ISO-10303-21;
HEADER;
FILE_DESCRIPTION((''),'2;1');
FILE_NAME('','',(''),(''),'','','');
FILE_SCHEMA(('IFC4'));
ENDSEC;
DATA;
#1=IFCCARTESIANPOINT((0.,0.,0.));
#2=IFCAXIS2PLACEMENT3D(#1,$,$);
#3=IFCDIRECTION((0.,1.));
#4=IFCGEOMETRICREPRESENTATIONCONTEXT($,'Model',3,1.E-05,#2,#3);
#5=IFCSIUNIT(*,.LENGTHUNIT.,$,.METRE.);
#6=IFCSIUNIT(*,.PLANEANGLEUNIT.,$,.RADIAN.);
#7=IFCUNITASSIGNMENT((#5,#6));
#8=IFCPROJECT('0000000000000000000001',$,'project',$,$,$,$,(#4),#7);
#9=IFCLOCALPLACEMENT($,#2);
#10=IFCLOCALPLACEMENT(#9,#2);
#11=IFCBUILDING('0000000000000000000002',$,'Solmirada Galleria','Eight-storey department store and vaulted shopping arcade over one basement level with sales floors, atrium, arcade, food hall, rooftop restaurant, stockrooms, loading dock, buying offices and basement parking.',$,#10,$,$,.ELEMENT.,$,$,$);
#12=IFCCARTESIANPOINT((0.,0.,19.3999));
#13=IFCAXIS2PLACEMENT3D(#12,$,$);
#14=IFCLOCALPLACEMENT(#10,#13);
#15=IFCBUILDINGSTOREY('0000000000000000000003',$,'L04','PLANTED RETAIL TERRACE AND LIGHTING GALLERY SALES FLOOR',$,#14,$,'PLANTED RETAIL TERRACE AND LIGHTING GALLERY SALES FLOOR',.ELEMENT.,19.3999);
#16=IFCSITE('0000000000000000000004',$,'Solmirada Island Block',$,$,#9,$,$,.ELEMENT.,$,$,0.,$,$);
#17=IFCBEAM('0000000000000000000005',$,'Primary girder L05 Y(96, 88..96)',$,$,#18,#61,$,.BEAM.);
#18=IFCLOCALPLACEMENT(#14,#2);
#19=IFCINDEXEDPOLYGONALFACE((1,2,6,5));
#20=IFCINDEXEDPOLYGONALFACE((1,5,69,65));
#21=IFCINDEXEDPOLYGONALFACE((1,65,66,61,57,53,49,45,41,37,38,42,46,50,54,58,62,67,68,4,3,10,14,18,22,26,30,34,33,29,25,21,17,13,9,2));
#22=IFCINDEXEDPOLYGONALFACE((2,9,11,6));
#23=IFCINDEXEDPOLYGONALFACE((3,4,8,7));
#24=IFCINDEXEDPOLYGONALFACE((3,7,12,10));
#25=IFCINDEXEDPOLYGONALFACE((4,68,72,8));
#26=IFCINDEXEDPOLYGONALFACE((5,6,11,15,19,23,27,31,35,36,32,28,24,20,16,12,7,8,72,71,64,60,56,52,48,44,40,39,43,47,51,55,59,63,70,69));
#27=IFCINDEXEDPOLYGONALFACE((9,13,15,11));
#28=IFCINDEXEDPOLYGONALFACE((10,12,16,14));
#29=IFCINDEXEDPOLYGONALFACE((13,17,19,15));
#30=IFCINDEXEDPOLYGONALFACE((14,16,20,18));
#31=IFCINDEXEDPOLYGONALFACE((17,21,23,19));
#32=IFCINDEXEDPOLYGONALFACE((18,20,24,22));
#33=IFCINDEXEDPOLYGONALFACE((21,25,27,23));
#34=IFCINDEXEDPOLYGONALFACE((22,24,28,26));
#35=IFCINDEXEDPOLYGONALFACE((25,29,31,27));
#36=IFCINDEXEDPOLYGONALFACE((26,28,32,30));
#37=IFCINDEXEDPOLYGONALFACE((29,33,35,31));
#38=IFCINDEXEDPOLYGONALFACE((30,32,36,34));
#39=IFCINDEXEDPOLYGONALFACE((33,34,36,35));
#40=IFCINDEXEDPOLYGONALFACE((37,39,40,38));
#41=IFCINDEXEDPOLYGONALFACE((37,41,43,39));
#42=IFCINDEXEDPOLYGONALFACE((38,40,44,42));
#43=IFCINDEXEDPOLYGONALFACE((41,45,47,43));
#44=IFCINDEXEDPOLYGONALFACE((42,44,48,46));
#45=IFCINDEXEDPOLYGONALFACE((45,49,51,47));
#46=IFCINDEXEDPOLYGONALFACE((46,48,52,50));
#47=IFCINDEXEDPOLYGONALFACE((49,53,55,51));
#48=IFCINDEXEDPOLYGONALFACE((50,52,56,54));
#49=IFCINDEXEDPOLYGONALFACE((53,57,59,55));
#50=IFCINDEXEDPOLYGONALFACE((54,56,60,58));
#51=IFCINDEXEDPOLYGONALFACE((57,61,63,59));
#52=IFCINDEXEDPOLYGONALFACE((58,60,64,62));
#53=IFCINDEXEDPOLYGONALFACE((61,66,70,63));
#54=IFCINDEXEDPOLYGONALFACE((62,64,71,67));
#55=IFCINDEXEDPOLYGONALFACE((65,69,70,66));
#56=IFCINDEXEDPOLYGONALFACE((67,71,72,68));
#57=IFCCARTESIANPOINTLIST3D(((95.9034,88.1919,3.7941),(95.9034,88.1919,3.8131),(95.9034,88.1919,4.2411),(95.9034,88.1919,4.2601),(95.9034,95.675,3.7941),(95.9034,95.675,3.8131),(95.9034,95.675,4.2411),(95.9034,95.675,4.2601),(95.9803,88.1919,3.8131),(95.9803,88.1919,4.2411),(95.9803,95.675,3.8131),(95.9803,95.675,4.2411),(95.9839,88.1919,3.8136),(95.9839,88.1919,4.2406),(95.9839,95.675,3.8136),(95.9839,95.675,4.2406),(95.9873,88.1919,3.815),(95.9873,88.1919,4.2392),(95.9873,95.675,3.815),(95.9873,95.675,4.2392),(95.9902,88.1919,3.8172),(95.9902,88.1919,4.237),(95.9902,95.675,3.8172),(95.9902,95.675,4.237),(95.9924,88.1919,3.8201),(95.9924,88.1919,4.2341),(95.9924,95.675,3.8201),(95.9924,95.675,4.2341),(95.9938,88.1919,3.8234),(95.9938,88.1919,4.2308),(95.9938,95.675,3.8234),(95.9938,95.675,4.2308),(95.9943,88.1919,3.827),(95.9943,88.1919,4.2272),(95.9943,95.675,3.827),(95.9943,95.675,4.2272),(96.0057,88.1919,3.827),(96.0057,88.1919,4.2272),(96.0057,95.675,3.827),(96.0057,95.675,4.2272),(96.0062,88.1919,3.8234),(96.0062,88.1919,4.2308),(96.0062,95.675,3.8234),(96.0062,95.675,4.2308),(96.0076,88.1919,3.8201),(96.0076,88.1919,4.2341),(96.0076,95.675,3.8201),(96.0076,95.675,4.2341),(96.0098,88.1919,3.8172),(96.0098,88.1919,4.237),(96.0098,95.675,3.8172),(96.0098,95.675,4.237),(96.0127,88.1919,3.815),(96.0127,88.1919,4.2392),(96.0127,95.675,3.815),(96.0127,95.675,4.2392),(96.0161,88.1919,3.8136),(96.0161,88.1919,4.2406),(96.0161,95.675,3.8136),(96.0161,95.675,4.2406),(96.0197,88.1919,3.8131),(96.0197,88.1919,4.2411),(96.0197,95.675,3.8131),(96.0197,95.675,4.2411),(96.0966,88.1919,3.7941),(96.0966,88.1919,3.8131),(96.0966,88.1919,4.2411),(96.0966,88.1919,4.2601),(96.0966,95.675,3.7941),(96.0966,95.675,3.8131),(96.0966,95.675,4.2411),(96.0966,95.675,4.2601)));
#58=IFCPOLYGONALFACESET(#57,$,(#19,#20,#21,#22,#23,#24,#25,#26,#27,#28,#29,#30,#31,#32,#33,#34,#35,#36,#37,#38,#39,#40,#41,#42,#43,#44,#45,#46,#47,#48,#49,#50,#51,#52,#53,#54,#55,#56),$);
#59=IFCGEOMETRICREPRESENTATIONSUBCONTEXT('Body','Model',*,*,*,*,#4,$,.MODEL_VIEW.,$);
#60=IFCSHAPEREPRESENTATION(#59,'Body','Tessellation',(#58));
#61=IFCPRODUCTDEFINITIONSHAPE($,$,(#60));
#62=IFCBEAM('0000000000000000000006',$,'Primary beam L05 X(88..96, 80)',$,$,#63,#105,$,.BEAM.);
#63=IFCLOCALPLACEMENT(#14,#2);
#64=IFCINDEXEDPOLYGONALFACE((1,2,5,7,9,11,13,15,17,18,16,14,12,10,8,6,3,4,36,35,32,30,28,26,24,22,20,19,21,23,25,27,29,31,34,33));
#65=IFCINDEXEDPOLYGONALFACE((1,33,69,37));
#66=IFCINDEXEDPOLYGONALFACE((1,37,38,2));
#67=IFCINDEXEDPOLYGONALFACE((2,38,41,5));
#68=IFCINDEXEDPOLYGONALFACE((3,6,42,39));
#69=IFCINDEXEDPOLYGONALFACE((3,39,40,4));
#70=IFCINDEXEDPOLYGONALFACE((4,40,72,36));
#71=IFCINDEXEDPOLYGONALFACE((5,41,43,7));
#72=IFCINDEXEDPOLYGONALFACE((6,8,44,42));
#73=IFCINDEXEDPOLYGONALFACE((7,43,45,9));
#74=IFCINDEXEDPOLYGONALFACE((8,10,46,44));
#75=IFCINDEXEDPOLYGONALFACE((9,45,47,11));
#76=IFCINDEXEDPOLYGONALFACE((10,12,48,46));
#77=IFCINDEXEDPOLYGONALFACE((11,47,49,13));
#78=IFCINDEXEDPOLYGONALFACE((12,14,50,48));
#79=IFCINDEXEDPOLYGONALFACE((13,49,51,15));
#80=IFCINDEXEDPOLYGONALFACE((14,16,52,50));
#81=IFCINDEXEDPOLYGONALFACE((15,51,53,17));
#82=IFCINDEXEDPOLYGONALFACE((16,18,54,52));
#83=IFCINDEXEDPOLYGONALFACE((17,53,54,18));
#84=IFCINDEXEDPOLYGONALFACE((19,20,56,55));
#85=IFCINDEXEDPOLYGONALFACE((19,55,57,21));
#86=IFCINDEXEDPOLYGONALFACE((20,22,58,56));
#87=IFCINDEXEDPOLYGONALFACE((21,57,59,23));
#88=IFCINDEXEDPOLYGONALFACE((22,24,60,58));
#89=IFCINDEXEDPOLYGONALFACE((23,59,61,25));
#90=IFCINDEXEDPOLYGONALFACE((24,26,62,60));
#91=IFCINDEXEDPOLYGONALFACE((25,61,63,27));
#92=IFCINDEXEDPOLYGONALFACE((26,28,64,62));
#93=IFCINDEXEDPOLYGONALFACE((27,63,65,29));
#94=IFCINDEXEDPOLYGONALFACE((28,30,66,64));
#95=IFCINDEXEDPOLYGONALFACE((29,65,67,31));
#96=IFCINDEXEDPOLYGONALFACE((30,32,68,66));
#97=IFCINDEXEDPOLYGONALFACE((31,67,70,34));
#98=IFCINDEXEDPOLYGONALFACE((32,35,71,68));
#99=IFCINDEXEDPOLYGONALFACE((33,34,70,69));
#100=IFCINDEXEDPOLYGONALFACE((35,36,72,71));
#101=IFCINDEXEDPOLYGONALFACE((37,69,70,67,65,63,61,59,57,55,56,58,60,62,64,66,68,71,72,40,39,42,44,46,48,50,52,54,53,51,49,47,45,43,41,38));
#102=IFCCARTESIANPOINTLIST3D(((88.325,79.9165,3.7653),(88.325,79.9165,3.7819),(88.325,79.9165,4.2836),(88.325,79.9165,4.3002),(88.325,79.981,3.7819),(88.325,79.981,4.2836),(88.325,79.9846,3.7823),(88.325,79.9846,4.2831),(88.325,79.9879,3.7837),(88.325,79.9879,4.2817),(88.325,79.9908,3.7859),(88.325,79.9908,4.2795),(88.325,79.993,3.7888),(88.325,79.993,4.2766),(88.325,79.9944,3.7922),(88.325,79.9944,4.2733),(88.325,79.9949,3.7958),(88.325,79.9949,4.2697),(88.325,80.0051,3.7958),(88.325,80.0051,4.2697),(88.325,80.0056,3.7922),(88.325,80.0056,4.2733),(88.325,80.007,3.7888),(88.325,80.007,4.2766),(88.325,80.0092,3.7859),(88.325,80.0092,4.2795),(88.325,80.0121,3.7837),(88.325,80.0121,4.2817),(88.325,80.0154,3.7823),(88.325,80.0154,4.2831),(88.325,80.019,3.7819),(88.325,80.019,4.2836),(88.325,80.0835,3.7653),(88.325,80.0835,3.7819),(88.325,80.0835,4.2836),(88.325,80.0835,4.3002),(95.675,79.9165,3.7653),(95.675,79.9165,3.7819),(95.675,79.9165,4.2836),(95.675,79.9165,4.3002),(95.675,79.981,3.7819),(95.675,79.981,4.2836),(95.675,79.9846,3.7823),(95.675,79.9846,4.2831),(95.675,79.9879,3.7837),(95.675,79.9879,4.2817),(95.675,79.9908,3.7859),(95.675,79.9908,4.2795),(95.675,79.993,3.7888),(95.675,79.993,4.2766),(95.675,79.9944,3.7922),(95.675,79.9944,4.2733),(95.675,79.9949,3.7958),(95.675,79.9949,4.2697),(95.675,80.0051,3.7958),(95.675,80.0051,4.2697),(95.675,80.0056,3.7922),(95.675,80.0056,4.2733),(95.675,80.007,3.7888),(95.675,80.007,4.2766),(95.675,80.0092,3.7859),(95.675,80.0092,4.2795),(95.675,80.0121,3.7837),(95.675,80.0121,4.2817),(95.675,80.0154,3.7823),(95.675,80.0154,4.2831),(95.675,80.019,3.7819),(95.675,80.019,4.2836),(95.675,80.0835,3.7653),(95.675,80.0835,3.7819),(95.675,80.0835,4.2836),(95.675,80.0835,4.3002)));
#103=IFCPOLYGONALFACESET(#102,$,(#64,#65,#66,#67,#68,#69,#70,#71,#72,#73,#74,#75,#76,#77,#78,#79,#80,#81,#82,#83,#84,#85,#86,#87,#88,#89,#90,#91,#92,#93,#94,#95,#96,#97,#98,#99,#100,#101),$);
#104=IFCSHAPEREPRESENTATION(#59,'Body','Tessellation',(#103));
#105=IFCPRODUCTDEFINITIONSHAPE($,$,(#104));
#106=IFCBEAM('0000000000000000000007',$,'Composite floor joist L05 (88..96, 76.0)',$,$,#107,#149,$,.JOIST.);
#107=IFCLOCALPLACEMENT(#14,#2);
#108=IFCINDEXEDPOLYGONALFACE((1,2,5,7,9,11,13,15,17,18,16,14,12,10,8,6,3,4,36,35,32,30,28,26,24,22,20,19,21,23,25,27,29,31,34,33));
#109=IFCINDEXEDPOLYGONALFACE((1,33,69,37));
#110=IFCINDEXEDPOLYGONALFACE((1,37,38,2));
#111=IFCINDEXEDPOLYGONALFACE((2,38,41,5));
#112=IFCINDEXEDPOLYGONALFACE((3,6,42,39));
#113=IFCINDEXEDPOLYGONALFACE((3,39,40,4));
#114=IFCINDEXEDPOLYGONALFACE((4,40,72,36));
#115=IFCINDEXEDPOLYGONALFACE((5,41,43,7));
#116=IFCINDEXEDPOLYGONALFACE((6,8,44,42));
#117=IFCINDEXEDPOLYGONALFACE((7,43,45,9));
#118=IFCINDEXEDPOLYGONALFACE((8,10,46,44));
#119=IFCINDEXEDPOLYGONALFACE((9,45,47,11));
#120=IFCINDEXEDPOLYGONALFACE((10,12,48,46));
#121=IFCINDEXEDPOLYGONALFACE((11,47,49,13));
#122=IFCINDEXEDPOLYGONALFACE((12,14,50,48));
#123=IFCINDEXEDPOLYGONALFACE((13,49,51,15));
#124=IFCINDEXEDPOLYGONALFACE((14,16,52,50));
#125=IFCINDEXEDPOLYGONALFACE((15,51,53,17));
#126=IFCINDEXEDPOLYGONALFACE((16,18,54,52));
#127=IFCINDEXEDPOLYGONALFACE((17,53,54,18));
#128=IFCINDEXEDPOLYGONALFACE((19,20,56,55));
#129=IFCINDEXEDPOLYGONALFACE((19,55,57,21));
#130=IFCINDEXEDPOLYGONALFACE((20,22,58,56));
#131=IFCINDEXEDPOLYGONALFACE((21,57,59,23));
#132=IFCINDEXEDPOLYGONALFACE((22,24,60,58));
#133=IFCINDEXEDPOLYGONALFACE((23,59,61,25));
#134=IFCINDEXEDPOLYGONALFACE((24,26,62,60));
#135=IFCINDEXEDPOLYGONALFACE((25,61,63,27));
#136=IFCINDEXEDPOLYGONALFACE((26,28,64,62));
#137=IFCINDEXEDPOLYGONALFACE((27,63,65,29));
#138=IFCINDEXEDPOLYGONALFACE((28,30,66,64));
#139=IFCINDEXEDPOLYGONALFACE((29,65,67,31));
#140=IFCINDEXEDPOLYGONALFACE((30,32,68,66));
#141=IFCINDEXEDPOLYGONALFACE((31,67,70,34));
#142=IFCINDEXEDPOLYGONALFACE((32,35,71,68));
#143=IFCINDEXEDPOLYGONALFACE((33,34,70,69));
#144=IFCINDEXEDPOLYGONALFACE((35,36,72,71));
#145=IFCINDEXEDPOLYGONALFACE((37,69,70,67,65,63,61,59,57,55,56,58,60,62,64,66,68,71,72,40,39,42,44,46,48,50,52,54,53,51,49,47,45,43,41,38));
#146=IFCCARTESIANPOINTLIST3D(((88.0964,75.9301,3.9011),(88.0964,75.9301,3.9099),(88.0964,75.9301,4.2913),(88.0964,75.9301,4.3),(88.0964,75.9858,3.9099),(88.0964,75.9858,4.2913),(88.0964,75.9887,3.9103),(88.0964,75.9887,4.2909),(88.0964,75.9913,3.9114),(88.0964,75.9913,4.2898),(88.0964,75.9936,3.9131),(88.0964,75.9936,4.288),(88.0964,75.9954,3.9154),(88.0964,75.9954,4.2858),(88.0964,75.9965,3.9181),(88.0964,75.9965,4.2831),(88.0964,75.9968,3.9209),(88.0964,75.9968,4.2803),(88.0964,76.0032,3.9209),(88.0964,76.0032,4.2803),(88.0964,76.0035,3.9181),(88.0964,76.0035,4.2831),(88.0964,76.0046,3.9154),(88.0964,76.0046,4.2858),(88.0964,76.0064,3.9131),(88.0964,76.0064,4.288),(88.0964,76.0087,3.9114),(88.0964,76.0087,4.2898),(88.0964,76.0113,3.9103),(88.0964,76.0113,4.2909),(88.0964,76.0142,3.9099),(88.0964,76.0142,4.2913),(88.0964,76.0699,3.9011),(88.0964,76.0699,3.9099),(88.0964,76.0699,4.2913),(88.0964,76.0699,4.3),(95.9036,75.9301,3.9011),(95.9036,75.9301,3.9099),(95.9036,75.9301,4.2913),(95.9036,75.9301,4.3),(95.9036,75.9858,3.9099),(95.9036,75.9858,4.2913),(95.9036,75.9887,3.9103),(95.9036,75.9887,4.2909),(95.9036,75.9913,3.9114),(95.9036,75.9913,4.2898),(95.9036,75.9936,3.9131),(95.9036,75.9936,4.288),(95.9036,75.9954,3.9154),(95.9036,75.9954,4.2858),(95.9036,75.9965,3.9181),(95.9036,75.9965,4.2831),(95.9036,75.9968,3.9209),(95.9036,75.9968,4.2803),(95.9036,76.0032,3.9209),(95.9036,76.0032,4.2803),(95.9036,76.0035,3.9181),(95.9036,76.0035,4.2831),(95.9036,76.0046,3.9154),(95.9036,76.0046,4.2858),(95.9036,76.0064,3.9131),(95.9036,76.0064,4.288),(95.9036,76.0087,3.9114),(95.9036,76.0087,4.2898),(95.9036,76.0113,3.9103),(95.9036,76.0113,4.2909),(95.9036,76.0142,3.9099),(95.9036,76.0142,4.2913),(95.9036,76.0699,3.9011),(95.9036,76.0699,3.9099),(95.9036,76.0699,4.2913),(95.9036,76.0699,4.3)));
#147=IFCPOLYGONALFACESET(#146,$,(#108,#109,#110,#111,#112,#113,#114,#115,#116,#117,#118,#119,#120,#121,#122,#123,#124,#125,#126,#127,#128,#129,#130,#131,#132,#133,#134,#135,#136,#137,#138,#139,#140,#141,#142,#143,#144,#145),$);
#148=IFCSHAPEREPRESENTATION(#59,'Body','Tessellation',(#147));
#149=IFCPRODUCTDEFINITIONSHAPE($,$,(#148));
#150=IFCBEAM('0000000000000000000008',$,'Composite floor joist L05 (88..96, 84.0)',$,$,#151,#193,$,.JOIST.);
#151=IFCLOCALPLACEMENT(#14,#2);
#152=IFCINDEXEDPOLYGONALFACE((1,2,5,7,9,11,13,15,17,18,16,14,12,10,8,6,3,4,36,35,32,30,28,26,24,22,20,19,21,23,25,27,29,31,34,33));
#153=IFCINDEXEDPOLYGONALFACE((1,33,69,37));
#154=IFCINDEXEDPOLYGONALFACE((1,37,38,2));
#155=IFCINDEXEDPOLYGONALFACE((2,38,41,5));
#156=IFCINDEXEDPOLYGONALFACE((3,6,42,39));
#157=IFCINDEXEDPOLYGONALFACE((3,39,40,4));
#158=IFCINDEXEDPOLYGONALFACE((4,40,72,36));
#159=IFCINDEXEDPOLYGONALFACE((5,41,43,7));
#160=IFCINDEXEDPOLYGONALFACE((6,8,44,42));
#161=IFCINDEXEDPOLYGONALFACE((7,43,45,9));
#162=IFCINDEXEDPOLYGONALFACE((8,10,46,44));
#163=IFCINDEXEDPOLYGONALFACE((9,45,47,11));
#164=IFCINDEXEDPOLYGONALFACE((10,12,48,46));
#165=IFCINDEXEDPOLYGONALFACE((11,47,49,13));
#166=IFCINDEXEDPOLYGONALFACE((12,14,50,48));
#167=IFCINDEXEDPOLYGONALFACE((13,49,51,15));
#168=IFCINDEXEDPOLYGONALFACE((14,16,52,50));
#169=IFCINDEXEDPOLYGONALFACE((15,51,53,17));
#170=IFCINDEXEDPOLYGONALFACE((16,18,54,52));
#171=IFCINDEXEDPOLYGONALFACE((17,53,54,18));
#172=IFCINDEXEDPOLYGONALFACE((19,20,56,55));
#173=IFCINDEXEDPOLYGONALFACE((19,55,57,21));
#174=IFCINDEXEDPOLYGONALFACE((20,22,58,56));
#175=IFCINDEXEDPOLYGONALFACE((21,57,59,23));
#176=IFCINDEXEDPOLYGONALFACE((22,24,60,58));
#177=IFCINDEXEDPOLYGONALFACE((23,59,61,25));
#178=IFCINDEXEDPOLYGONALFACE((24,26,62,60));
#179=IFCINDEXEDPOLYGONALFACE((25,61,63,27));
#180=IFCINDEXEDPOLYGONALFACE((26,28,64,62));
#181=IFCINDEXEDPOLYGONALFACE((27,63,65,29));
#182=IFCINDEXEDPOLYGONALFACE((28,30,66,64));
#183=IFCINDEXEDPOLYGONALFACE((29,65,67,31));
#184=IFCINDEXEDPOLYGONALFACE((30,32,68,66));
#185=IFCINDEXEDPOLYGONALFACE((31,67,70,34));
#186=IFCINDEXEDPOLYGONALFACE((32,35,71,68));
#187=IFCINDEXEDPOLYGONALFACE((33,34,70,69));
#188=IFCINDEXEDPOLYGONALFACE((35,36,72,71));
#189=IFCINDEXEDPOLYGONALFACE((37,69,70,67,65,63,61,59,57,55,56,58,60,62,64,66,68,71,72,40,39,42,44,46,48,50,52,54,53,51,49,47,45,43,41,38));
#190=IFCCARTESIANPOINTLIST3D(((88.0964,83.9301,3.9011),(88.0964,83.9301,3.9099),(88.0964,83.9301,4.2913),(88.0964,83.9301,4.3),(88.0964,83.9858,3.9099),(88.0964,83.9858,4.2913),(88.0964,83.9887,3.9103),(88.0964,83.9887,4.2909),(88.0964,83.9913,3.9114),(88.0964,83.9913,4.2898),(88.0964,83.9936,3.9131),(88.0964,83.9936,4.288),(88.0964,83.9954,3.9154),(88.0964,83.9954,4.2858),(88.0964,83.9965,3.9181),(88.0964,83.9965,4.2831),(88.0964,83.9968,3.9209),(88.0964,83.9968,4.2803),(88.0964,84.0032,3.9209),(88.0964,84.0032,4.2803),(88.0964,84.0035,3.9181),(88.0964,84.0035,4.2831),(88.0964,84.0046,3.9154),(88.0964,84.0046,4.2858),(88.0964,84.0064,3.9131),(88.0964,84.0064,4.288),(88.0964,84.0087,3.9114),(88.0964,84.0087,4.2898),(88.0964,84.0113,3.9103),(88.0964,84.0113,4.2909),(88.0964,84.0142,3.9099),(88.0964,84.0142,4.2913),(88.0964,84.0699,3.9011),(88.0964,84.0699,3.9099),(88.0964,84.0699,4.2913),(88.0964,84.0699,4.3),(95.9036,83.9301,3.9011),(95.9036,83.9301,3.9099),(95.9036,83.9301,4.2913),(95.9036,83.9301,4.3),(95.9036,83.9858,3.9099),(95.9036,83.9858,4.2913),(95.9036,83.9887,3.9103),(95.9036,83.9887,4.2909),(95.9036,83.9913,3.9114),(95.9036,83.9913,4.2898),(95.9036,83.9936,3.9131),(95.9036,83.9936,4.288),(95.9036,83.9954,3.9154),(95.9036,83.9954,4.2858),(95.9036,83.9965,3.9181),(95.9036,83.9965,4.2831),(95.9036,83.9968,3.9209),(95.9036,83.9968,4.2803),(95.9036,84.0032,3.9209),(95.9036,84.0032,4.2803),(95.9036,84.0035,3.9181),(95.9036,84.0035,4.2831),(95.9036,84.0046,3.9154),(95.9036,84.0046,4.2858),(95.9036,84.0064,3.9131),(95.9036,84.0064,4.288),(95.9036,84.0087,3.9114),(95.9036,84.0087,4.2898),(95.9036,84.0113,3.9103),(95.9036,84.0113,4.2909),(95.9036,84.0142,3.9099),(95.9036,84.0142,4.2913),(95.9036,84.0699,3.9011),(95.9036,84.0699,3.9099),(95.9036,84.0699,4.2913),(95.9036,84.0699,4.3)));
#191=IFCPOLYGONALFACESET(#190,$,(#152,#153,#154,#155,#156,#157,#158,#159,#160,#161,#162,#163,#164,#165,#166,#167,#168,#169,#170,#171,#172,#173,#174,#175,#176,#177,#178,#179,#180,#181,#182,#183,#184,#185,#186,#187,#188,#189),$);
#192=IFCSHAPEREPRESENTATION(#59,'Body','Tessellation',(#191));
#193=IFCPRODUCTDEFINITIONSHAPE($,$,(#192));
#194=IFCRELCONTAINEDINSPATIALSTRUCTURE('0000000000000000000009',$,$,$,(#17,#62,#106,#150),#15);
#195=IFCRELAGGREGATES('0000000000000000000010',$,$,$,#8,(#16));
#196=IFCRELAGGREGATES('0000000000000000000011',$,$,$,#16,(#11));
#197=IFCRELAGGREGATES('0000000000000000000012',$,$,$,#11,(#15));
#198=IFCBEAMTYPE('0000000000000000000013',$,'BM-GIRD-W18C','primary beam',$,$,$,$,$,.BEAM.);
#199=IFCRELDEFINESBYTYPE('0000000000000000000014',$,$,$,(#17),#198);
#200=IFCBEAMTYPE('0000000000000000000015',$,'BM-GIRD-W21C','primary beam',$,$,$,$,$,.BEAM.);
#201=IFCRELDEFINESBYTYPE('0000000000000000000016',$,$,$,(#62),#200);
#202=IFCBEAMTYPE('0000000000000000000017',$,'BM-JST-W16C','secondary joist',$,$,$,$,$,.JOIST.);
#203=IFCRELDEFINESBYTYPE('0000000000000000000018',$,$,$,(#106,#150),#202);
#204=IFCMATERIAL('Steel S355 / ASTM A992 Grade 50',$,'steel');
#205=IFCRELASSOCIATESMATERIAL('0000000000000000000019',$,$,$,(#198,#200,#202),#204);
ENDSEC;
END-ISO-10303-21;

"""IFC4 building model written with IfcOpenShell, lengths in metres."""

from ifc_helpers import new_model, si_unit, direction, frame, origin, origin_2d, place, context, subcontext, project, spatial, i_section, extrude, material, material_profile, profile_set, type_object, element, save


model = new_model("IFC4")

# Units and contexts
model_context = context("Model", 3, precision=1e-05, world=origin(), true_north=direction((0.0, 1.0)))
body_context = subcontext(model_context, "Body", "Model", "MODEL_VIEW")
ifc_project = project(units=[si_unit("LENGTHUNIT", "METRE"), si_unit("PLANEANGLEUNIT", "RADIAN")], contexts=[model_context])

# Site, building, storey
site_placement = place(None, origin())
site = spatial("IfcSite", under=ifc_project, at=site_placement, Name="Solmirada Island Block", CompositionType="ELEMENT", RefElevation=0.0)
building_placement = place(site_placement, origin())
building = spatial("IfcBuilding", under=site, at=building_placement, Name="Solmirada Galleria", Description="Eight-storey department store and vaulted shopping arcade over one basement level with sales floors, atrium, arcade, food hall, rooftop restaurant, stockrooms, loading dock, buying offices and basement parking.", CompositionType="ELEMENT")
storey_placement = place(building_placement, frame((0.0, 0.0, 19.3999)))
storey = spatial("IfcBuildingStorey", under=building, at=storey_placement, Name="L04", Description="PLANTED RETAIL TERRACE AND LIGHTING GALLERY SALES FLOOR", LongName="PLANTED RETAIL TERRACE AND LIGHTING GALLERY SALES FLOOR", CompositionType="ELEMENT", Elevation=19.3999)

# Beams
ifc_material_1 = material(Name="Steel S355 / ASTM A992 Grade 50", Category="steel")
ifc_material_profile_1 = material_profile(ifc_material_1, i_section(OverallWidth=0.1931, OverallDepth=0.4661, WebThickness=0.0115, FlangeThickness=0.019, FilletRadius=0.0139, at=origin_2d()), Name="W18X65")
ifc_profile_set_1 = profile_set([ifc_material_profile_1], Name="Steel S355 / ASTM A992 Grade 50")
beam_type_1 = type_object("IfcBeamType", Name="BM-GIRD-W18C", Description="primary beam", PredefinedType="BEAM", material=ifc_profile_set_1)
for number, where, z_axis, x_axis, name in (
    (1, (96.0, 88.1919, 4.0271), (0.0, 1.0, 0.0), (-1.0, 0.0, 0.0), "Primary girder L05 Y(96, 88..96)"),
):
    element("IfcBeam", number, at=place(storey_placement, frame(where, z_axis=z_axis, x_axis=x_axis)), inside=storey, type_object=beam_type_1, Name=name, PredefinedType="BEAM", context=body_context, shape_type="SweptSolid", body=[
        extrude(i_section(OverallWidth=0.1931, OverallDepth=0.4661, WebThickness=0.0115, FlangeThickness=0.019, FilletRadius=0.0139, at=origin_2d()), origin(), (0.0, 0.0, 1.0), 7.4832),
    ])
ifc_material_profile_2 = material_profile(ifc_material_1, i_section(OverallWidth=0.167, OverallDepth=0.5349, WebThickness=0.0103, FlangeThickness=0.0166, FilletRadius=0.0139, at=origin_2d()), Name="W21X57")
ifc_profile_set_2 = profile_set([ifc_material_profile_2], Name="Steel S355 / ASTM A992 Grade 50")
beam_type_2 = type_object("IfcBeamType", Name="BM-GIRD-W21C", Description="primary beam", PredefinedType="BEAM", material=ifc_profile_set_2)
beam_1_placement = place(storey_placement, frame((88.325, 80.0, 4.0327), z_axis=(1.0, 0.0, 0.0), x_axis=(0.0, 1.0, 0.0)))
element("IfcBeam", 2, at=beam_1_placement, inside=storey, type_object=beam_type_2, Name="Primary beam L05 X(88..96, 80)", PredefinedType="BEAM", context=body_context, shape_type="SweptSolid", body=[
    extrude(i_section(OverallWidth=0.167, OverallDepth=0.5349, WebThickness=0.0103, FlangeThickness=0.0166, FilletRadius=0.0139, at=origin_2d()), origin(), (0.0, 0.0, 1.0), 7.3501),
])
ifc_material_profile_3 = material_profile(ifc_material_1, i_section(OverallWidth=0.1399, OverallDepth=0.3989, WebThickness=0.0063, FlangeThickness=0.0088, FilletRadius=0.011, at=origin_2d()), Name="W16X26")
ifc_profile_set_3 = profile_set([ifc_material_profile_3], Name="Steel S355 / ASTM A992 Grade 50")
beam_type_3 = type_object("IfcBeamType", Name="BM-JST-W16C", Description="secondary joist", PredefinedType="JOIST", material=ifc_profile_set_3)
for number, where, z_axis, x_axis, name in (
    (3, (88.0964, 76.0, 4.1006), (1.0, 0.0, 0.0), (0.0, 1.0, 0.0), "Composite floor joist L05 (88..96, 76.0)"),
    (4, (88.0964, 84.0, 4.1006), (1.0, 0.0, 0.0), (0.0, 1.0, 0.0), "Composite floor joist L05 (88..96, 84.0)"),
):
    element("IfcBeam", number, at=place(storey_placement, frame(where, z_axis=z_axis, x_axis=x_axis)), inside=storey, type_object=beam_type_3, Name=name, PredefinedType="JOIST", context=body_context, shape_type="SweptSolid", body=[
        extrude(i_section(OverallWidth=0.1399, OverallDepth=0.3989, WebThickness=0.0063, FlangeThickness=0.0088, FilletRadius=0.011, at=origin_2d()), origin(), (0.0, 0.0, 1.0), 7.8071),
    ])

save(model, "model.ifc")
